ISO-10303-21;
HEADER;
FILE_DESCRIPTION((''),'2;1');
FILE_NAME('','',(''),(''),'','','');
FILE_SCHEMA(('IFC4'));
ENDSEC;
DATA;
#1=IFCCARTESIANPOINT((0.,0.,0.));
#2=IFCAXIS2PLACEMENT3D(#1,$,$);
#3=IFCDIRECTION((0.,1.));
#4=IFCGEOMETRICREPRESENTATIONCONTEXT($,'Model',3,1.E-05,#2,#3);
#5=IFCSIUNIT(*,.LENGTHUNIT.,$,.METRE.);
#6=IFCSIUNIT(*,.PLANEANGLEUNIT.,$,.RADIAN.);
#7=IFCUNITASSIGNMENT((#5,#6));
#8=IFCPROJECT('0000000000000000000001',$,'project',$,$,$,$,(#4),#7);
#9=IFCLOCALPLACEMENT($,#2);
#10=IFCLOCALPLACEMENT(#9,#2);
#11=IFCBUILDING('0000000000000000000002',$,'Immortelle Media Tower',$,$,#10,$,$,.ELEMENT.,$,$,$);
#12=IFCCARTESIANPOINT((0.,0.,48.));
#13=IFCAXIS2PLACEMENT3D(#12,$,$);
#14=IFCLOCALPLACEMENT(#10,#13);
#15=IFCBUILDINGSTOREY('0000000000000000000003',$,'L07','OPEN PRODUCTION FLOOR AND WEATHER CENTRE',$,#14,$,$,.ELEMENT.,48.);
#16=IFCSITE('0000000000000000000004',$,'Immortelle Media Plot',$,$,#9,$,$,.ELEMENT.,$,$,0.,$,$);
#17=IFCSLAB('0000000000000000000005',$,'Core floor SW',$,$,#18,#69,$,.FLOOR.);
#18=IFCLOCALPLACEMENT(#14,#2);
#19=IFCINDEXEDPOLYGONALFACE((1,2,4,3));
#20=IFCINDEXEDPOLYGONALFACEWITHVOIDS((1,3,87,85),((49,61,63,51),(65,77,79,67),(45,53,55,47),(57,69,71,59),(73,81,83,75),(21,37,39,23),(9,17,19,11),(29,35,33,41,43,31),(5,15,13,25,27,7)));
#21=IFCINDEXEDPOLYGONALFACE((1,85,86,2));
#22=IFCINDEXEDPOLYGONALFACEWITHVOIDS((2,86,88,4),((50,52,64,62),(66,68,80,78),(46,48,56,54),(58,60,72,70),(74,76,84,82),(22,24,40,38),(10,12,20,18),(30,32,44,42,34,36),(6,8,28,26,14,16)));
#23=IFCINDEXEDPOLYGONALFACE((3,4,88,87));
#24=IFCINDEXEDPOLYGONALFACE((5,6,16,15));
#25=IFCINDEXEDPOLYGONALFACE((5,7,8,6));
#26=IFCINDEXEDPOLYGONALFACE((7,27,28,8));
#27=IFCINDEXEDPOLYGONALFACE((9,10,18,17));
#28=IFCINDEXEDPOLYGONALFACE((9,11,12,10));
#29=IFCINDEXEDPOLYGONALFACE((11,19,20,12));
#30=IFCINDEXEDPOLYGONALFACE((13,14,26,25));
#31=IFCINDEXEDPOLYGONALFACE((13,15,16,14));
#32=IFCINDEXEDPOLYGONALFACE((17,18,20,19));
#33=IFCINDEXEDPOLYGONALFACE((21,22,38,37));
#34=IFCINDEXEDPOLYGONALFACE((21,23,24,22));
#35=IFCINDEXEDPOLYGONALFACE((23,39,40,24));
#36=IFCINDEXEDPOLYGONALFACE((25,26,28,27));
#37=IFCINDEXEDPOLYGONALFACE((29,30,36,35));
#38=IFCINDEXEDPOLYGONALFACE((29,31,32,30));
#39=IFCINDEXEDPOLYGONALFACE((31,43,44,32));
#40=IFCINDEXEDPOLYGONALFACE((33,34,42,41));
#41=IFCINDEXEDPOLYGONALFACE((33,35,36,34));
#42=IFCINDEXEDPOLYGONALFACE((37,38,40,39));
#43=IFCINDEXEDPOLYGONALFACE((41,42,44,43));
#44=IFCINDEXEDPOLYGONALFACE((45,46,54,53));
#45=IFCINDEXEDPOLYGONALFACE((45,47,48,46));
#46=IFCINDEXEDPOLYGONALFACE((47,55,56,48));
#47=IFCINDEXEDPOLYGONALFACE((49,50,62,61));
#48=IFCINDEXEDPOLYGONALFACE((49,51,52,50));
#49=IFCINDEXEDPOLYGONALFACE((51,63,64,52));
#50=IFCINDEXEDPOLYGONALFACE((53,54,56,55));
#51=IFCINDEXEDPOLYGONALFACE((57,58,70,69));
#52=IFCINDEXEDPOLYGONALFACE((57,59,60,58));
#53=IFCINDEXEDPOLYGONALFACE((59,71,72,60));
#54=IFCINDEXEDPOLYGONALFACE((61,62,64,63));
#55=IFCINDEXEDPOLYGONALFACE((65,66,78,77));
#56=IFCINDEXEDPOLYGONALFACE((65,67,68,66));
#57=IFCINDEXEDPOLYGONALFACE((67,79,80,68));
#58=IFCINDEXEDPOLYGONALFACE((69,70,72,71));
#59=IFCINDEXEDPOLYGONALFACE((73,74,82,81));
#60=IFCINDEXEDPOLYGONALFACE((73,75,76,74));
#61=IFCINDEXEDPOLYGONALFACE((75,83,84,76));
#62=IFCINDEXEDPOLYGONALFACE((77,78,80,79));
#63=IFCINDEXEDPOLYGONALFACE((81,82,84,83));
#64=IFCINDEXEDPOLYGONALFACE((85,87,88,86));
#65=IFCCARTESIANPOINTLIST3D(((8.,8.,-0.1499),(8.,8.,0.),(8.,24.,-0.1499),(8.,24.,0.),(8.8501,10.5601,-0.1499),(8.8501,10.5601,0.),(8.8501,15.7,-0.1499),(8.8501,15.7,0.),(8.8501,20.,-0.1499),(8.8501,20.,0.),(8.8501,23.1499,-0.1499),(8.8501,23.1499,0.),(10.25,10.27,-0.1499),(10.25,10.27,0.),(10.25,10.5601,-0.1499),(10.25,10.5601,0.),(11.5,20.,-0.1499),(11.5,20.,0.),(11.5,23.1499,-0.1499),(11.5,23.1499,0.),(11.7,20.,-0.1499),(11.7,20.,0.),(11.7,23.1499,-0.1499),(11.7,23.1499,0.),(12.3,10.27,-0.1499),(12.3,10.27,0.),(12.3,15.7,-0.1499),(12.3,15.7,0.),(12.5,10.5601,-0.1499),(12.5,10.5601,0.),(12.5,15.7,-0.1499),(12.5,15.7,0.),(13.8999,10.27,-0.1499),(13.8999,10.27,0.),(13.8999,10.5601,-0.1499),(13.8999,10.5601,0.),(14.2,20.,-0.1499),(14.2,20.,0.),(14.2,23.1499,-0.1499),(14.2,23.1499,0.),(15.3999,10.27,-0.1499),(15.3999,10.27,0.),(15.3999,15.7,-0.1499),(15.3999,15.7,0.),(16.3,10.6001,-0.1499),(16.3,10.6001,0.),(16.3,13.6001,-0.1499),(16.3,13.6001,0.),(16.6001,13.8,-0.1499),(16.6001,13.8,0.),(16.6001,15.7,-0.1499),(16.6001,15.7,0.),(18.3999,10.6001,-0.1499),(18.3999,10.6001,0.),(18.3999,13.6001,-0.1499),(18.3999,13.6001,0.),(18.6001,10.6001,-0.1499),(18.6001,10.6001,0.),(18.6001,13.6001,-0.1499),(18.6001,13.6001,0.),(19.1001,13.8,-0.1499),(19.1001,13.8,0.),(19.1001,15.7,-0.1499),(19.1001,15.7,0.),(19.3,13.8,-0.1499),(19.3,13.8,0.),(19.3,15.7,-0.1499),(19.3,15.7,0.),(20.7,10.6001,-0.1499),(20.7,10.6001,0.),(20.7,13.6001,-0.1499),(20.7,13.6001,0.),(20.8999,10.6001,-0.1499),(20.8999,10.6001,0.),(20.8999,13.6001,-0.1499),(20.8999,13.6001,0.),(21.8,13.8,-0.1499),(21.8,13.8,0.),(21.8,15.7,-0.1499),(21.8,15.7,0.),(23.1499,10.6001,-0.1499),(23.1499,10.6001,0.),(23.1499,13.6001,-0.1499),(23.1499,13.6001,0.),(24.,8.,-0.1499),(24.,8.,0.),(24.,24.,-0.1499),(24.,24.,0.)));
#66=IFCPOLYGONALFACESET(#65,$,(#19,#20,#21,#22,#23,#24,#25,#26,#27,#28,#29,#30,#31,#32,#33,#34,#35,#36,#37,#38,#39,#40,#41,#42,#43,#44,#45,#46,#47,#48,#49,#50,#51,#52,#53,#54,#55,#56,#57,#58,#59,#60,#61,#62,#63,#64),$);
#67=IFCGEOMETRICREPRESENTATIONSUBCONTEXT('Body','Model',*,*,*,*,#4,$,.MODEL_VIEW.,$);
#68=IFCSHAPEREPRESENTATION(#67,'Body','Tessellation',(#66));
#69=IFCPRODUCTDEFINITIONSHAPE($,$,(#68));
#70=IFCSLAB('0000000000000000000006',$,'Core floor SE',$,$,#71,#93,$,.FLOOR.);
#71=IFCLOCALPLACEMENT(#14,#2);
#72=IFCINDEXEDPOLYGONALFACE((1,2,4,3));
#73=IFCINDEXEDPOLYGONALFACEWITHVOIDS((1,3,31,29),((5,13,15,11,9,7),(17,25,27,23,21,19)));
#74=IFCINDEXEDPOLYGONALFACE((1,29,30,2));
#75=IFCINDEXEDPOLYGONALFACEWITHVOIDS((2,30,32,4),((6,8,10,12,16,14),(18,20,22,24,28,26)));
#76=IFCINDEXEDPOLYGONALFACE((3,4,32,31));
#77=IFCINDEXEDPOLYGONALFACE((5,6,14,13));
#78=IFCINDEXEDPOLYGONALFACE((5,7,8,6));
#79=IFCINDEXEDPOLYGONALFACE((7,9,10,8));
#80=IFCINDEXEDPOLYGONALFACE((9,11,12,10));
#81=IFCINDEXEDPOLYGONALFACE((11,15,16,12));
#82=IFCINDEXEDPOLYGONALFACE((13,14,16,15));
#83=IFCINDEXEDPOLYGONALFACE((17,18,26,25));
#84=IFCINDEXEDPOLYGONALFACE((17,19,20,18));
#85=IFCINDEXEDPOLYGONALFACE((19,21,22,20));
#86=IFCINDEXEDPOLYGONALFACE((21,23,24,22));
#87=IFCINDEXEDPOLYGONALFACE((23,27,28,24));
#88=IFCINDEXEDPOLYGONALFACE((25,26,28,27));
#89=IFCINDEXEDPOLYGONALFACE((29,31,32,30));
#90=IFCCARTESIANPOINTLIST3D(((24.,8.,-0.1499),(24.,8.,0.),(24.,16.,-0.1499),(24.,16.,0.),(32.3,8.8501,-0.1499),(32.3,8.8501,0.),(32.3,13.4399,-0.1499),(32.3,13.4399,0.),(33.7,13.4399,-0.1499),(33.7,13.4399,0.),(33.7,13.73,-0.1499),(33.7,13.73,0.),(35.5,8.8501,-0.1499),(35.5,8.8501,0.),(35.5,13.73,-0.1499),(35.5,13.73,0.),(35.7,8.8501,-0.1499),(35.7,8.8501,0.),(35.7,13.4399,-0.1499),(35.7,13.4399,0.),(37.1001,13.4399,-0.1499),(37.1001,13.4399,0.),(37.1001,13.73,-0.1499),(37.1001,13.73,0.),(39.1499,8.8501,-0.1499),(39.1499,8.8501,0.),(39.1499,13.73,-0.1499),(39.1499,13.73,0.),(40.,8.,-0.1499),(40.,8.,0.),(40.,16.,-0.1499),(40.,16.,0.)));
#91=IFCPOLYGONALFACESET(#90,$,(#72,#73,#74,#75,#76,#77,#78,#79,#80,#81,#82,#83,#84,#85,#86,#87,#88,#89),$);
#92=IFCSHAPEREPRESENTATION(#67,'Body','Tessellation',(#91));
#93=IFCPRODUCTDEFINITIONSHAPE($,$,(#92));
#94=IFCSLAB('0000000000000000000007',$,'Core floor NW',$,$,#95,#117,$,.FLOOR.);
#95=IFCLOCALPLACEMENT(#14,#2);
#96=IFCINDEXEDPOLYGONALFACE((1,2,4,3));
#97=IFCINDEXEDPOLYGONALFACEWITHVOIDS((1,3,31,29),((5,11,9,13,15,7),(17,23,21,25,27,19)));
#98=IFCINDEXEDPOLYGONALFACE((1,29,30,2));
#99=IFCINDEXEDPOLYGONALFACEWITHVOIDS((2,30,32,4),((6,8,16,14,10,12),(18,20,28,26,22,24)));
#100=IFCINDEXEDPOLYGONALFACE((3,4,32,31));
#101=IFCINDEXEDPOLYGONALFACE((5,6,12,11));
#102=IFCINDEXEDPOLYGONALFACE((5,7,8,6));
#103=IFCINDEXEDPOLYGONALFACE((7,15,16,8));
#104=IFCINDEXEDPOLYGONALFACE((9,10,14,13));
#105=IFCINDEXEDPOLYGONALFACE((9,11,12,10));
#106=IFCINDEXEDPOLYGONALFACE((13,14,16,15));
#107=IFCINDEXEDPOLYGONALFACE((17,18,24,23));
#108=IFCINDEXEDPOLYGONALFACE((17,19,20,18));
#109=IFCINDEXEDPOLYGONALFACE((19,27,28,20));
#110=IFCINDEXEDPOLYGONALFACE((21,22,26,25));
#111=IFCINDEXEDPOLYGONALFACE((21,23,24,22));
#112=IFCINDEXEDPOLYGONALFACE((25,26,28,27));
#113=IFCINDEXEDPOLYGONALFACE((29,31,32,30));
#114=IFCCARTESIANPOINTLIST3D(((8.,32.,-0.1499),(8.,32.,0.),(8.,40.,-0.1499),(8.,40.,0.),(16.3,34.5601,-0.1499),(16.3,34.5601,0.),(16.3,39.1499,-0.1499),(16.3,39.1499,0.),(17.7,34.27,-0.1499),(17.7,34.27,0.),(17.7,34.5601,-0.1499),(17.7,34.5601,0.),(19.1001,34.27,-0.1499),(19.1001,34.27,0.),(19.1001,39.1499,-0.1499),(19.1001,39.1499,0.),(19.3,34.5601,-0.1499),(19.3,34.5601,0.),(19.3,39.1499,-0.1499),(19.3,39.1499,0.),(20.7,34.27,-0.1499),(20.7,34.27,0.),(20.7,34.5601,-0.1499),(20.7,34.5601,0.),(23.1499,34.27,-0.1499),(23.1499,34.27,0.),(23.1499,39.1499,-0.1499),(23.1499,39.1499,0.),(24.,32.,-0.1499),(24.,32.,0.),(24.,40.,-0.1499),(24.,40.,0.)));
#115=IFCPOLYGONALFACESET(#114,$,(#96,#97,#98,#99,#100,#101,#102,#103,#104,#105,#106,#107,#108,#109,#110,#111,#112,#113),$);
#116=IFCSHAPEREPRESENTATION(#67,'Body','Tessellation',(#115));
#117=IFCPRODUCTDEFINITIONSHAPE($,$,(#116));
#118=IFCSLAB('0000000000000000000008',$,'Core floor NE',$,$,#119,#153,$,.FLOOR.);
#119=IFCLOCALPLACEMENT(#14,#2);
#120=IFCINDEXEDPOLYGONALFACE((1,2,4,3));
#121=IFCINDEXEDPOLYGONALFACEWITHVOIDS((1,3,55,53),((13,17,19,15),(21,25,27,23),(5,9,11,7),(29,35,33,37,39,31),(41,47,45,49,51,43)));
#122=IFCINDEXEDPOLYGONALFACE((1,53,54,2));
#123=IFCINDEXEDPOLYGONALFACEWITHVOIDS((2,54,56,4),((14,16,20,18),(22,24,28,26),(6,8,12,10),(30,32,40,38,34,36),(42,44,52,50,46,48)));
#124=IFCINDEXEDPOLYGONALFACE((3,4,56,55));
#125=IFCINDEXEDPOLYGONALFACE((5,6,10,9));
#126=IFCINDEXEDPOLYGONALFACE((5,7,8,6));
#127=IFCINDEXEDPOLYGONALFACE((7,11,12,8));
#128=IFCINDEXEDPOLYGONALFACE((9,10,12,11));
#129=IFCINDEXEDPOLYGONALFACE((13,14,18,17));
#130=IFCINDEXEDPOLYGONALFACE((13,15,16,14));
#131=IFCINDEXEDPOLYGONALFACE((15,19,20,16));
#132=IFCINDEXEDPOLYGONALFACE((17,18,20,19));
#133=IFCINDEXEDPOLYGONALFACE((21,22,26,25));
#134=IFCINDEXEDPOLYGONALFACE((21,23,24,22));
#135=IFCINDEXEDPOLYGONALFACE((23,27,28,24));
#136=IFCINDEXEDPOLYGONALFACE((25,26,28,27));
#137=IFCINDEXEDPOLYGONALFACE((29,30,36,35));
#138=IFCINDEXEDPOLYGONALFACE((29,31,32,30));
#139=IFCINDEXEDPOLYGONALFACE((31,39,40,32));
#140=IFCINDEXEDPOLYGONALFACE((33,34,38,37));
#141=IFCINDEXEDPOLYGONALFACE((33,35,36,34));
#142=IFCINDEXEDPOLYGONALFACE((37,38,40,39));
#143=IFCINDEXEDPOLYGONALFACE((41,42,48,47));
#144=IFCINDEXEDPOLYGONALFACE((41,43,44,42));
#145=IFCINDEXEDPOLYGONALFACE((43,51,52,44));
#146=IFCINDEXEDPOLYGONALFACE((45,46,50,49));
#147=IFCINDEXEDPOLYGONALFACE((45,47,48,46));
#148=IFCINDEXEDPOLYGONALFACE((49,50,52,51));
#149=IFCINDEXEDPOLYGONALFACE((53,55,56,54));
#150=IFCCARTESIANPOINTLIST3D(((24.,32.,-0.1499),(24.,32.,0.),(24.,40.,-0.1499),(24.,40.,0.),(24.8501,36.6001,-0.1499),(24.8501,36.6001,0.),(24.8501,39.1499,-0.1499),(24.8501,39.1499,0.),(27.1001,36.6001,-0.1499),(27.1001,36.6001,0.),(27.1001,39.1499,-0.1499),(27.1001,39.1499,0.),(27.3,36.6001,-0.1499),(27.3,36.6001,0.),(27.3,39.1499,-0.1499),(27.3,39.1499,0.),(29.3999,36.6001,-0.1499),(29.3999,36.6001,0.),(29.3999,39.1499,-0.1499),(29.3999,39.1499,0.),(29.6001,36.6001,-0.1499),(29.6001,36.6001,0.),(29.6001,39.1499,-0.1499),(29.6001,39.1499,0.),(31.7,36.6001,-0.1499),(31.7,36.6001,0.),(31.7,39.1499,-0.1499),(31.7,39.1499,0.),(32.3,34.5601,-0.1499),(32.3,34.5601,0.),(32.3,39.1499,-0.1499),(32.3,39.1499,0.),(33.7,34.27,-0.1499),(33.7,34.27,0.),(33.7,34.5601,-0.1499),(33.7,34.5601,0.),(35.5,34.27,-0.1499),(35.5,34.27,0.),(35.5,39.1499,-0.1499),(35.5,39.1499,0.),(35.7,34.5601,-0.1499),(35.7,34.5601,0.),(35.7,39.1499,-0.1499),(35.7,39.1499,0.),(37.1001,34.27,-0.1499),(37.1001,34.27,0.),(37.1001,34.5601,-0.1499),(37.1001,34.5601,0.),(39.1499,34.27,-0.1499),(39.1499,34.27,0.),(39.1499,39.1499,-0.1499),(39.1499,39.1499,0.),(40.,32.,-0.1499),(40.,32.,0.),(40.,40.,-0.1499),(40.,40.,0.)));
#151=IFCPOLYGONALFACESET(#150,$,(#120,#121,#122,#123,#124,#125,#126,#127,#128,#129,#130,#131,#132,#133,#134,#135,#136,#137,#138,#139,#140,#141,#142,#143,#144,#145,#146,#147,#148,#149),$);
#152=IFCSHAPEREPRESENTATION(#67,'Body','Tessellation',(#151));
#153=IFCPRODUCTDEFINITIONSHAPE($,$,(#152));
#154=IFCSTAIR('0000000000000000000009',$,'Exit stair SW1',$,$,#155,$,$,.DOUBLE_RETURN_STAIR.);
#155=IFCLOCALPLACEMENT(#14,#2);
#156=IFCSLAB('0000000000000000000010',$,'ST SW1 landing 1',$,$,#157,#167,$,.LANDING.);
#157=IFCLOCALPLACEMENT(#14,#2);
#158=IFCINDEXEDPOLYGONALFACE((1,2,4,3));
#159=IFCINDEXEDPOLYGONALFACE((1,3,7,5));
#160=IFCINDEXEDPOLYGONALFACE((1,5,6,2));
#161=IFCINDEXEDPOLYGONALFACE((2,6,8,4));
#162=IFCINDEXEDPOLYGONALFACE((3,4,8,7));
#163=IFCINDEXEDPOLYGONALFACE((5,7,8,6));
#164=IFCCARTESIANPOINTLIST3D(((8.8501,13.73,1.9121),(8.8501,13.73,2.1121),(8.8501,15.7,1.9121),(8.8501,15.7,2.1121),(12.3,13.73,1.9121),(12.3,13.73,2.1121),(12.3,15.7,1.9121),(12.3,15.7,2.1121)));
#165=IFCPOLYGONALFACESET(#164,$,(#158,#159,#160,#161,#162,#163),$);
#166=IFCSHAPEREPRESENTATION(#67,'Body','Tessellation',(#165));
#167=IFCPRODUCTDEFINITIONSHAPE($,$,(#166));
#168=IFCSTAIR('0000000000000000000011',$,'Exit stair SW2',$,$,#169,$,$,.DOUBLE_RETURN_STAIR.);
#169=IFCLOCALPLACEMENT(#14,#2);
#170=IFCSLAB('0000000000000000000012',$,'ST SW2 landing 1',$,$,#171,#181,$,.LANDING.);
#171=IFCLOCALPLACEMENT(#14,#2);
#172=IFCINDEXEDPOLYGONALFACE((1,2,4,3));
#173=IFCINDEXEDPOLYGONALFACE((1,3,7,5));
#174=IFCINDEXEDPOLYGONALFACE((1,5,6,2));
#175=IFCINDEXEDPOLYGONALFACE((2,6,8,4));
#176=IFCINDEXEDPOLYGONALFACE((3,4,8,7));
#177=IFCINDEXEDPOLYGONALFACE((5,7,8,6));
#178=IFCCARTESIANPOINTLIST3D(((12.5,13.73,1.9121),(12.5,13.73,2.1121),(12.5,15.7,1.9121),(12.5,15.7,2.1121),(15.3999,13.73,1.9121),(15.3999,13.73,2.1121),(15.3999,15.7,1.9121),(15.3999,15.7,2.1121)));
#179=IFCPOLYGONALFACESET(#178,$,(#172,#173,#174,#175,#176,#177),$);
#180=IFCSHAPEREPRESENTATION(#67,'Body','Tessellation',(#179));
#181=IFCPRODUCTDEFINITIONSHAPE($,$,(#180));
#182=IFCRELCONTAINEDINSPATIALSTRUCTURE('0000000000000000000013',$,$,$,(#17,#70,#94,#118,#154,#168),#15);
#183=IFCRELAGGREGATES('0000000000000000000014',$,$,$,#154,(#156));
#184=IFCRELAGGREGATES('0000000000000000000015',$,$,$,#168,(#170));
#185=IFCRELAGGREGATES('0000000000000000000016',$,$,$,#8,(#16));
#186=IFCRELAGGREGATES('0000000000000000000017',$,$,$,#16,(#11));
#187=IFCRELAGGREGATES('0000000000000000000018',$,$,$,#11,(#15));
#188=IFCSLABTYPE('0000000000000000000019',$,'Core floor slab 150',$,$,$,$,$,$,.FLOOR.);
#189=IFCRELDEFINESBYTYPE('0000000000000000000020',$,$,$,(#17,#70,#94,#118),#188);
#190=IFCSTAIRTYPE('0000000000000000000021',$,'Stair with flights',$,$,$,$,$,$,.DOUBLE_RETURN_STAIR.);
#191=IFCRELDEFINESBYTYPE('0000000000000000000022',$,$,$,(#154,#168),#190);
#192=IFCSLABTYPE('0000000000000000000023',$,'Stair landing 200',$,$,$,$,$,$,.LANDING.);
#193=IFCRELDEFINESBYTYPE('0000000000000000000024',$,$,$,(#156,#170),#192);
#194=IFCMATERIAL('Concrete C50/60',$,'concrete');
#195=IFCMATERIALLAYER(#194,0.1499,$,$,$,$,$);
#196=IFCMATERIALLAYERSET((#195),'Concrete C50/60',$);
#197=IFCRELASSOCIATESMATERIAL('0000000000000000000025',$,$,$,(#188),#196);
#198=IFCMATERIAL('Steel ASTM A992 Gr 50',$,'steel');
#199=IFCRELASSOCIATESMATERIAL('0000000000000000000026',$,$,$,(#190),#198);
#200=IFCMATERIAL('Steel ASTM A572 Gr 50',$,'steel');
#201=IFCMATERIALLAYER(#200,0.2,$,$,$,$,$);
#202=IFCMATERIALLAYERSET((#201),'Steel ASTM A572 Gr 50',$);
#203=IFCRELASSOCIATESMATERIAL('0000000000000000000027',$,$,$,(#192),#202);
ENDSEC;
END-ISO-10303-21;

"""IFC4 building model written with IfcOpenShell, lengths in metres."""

from ifc_helpers import new_model, si_unit, direction, frame, origin, place, context, subcontext, project, spatial, polyline, outline, extrude, material, layer, layer_set, type_object, element, aggregate, save


model = new_model("IFC4")

# Units and contexts
model_context = context("Model", 3, precision=1e-05, world=origin(), true_north=direction((0.0, 1.0)))
body_context = subcontext(model_context, "Body", "Model", "MODEL_VIEW")
ifc_project = project(units=[si_unit("LENGTHUNIT", "METRE"), si_unit("PLANEANGLEUNIT", "RADIAN")], contexts=[model_context])

# Site, building, storey
site_placement = place(None, origin())
site = spatial("IfcSite", under=ifc_project, at=site_placement, Name="Immortelle Media Plot", CompositionType="ELEMENT", RefElevation=0.0)
building_placement = place(site_placement, origin())
building = spatial("IfcBuilding", under=site, at=building_placement, Name="Immortelle Media Tower", CompositionType="ELEMENT")
storey_placement = place(building_placement, frame((0.0, 0.0, 48.0)))
storey = spatial("IfcBuildingStorey", under=building, at=storey_placement, Name="L07", Description="OPEN PRODUCTION FLOOR AND WEATHER CENTRE", CompositionType="ELEMENT", Elevation=48.0)

# Slabs
ifc_material_1 = material(Name="Concrete C50/60", Category="concrete")
ifc_layer_1 = layer(ifc_material_1, 0.1499)
ifc_layer_set_1 = layer_set([ifc_layer_1], Name="Concrete C50/60")
slab_type_1 = type_object("IfcSlabType", Name="Core floor slab 150", PredefinedType="FLOOR", material=ifc_layer_set_1)
slab_1_placement = place(storey_placement, frame((0.0, 0.0, -0.1499)))
element("IfcSlab", 1, at=slab_1_placement, inside=storey, type_object=slab_type_1, Name="Core floor SW", PredefinedType="FLOOR", context=body_context, shape_type="SweptSolid", body=[
    extrude(outline(polyline([(8.0, 8.0), (24.0, 8.0), (24.0, 24.0), (8.0, 24.0), (8.0, 8.0)]), holes=[polyline([(8.8501, 20.0), (11.5, 20.0), (11.5, 23.1499), (8.8501, 23.1499), (8.8501, 20.0)]), polyline([(11.7, 20.0), (14.2, 20.0), (14.2, 23.1499), (11.7, 23.1499), (11.7, 20.0)]), polyline([(16.6001, 13.8), (19.1001, 13.8), (19.1001, 15.7), (16.6001, 15.7), (16.6001, 13.8)]), polyline([(19.3, 13.8), (21.8, 13.8), (21.8, 15.7), (19.3, 15.7), (19.3, 13.8)]), polyline([(16.3, 10.6001), (18.3999, 10.6001), (18.3999, 13.6001), (16.3, 13.6001), (16.3, 10.6001)]), polyline([(18.6001, 10.6001), (20.7, 10.6001), (20.7, 13.6001), (18.6001, 13.6001), (18.6001, 10.6001)]), polyline([(20.8999, 10.6001), (23.1499, 10.6001), (23.1499, 13.6001), (20.8999, 13.6001), (20.8999, 10.6001)]), polyline([(8.8501, 15.7), (12.3, 15.7), (12.3, 10.27), (10.25, 10.27), (10.25, 10.5601), (8.8501, 10.5601), (8.8501, 15.7)]), polyline([(12.5, 15.7), (15.3999, 15.7), (15.3999, 10.27), (13.8999, 10.27), (13.8999, 10.5601), (12.5, 10.5601), (12.5, 15.7)])]), origin(), (0.0, 0.0, 1.0), 0.1499),
])
slab_2_placement = place(storey_placement, frame((0.0, 0.0, -0.1499)))
element("IfcSlab", 2, at=slab_2_placement, inside=storey, type_object=slab_type_1, Name="Core floor SE", PredefinedType="FLOOR", context=body_context, shape_type="SweptSolid", body=[
    extrude(outline(polyline([(24.0, 8.0), (40.0, 8.0), (40.0, 16.0), (24.0, 16.0), (24.0, 8.0)]), holes=[polyline([(35.5, 13.73), (35.5, 8.8501), (32.3, 8.8501), (32.3, 13.4399), (33.7, 13.4399), (33.7, 13.73), (35.5, 13.73)]), polyline([(39.1499, 13.73), (39.1499, 8.8501), (35.7, 8.8501), (35.7, 13.4399), (37.1001, 13.4399), (37.1001, 13.73), (39.1499, 13.73)])]), origin(), (0.0, 0.0, 1.0), 0.1499),
])
slab_3_placement = place(storey_placement, frame((0.0, 0.0, -0.1499)))
element("IfcSlab", 3, at=slab_3_placement, inside=storey, type_object=slab_type_1, Name="Core floor NW", PredefinedType="FLOOR", context=body_context, shape_type="SweptSolid", body=[
    extrude(outline(polyline([(8.0, 32.0), (24.0, 32.0), (24.0, 40.0), (8.0, 40.0), (8.0, 32.0)]), holes=[polyline([(16.3, 39.1499), (19.1001, 39.1499), (19.1001, 34.27), (17.7, 34.27), (17.7, 34.5601), (16.3, 34.5601), (16.3, 39.1499)]), polyline([(19.3, 39.1499), (23.1499, 39.1499), (23.1499, 34.27), (20.7, 34.27), (20.7, 34.5601), (19.3, 34.5601), (19.3, 39.1499)])]), origin(), (0.0, 0.0, 1.0), 0.1499),
])
slab_4_placement = place(storey_placement, frame((0.0, 0.0, -0.1499)))
element("IfcSlab", 4, at=slab_4_placement, inside=storey, type_object=slab_type_1, Name="Core floor NE", PredefinedType="FLOOR", context=body_context, shape_type="SweptSolid", body=[
    extrude(outline(polyline([(24.0, 32.0), (40.0, 32.0), (40.0, 40.0), (24.0, 40.0), (24.0, 32.0)]), holes=[polyline([(24.8501, 36.6001), (27.1001, 36.6001), (27.1001, 39.1499), (24.8501, 39.1499), (24.8501, 36.6001)]), polyline([(27.3, 36.6001), (29.3999, 36.6001), (29.3999, 39.1499), (27.3, 39.1499), (27.3, 36.6001)]), polyline([(29.6001, 36.6001), (31.7, 36.6001), (31.7, 39.1499), (29.6001, 39.1499), (29.6001, 36.6001)]), polyline([(32.3, 39.1499), (35.5, 39.1499), (35.5, 34.27), (33.7, 34.27), (33.7, 34.5601), (32.3, 34.5601), (32.3, 39.1499)]), polyline([(35.7, 39.1499), (39.1499, 39.1499), (39.1499, 34.27), (37.1001, 34.27), (37.1001, 34.5601), (35.7, 34.5601), (35.7, 39.1499)])]), origin(), (0.0, 0.0, 1.0), 0.1499),
])

# Stairs, slabs
ifc_material_2 = material(Name="Steel ASTM A992 Gr 50", Category="steel")
stair_type = type_object("IfcStairType", Name="Stair with flights", PredefinedType="DOUBLE_RETURN_STAIR", material=ifc_material_2)
stair_1_placement = place(storey_placement, origin())
stair_1 = element("IfcStair", 5, at=stair_1_placement, inside=storey, type_object=stair_type, Name="Exit stair SW1", PredefinedType="DOUBLE_RETURN_STAIR")
ifc_material_3 = material(Name="Steel ASTM A572 Gr 50", Category="steel")
ifc_layer_2 = layer(ifc_material_3, 0.2)
ifc_layer_set_2 = layer_set([ifc_layer_2], Name="Steel ASTM A572 Gr 50")
slab_type_2 = type_object("IfcSlabType", Name="Stair landing 200", PredefinedType="LANDING", material=ifc_layer_set_2)
slab_5_placement = place(storey_placement, frame((0.0, 0.0, 1.9121)))
slab_5 = element("IfcSlab", 6, at=slab_5_placement, type_object=slab_type_2, Name="ST SW1 landing 1", PredefinedType="LANDING", context=body_context, shape_type="SweptSolid", body=[
    extrude(outline(polyline([(8.8501, 13.73), (12.3, 13.73), (12.3, 15.7), (8.8501, 15.7), (8.8501, 13.73)])), origin(), (0.0, 0.0, 1.0), 0.2),
])
aggregate(stair_1, [slab_5])
stair_2_placement = place(storey_placement, origin())
stair_2 = element("IfcStair", 7, at=stair_2_placement, inside=storey, type_object=stair_type, Name="Exit stair SW2", PredefinedType="DOUBLE_RETURN_STAIR")
slab_6_placement = place(storey_placement, frame((0.0, 0.0, 1.9121)))
slab_6 = element("IfcSlab", 8, at=slab_6_placement, type_object=slab_type_2, Name="ST SW2 landing 1", PredefinedType="LANDING", context=body_context, shape_type="SweptSolid", body=[
    extrude(outline(polyline([(12.5, 13.73), (15.3999, 13.73), (15.3999, 15.7), (12.5, 15.7), (12.5, 13.73)])), origin(), (0.0, 0.0, 1.0), 0.2),
])
aggregate(stair_2, [slab_6])

save(model, "model.ifc")
